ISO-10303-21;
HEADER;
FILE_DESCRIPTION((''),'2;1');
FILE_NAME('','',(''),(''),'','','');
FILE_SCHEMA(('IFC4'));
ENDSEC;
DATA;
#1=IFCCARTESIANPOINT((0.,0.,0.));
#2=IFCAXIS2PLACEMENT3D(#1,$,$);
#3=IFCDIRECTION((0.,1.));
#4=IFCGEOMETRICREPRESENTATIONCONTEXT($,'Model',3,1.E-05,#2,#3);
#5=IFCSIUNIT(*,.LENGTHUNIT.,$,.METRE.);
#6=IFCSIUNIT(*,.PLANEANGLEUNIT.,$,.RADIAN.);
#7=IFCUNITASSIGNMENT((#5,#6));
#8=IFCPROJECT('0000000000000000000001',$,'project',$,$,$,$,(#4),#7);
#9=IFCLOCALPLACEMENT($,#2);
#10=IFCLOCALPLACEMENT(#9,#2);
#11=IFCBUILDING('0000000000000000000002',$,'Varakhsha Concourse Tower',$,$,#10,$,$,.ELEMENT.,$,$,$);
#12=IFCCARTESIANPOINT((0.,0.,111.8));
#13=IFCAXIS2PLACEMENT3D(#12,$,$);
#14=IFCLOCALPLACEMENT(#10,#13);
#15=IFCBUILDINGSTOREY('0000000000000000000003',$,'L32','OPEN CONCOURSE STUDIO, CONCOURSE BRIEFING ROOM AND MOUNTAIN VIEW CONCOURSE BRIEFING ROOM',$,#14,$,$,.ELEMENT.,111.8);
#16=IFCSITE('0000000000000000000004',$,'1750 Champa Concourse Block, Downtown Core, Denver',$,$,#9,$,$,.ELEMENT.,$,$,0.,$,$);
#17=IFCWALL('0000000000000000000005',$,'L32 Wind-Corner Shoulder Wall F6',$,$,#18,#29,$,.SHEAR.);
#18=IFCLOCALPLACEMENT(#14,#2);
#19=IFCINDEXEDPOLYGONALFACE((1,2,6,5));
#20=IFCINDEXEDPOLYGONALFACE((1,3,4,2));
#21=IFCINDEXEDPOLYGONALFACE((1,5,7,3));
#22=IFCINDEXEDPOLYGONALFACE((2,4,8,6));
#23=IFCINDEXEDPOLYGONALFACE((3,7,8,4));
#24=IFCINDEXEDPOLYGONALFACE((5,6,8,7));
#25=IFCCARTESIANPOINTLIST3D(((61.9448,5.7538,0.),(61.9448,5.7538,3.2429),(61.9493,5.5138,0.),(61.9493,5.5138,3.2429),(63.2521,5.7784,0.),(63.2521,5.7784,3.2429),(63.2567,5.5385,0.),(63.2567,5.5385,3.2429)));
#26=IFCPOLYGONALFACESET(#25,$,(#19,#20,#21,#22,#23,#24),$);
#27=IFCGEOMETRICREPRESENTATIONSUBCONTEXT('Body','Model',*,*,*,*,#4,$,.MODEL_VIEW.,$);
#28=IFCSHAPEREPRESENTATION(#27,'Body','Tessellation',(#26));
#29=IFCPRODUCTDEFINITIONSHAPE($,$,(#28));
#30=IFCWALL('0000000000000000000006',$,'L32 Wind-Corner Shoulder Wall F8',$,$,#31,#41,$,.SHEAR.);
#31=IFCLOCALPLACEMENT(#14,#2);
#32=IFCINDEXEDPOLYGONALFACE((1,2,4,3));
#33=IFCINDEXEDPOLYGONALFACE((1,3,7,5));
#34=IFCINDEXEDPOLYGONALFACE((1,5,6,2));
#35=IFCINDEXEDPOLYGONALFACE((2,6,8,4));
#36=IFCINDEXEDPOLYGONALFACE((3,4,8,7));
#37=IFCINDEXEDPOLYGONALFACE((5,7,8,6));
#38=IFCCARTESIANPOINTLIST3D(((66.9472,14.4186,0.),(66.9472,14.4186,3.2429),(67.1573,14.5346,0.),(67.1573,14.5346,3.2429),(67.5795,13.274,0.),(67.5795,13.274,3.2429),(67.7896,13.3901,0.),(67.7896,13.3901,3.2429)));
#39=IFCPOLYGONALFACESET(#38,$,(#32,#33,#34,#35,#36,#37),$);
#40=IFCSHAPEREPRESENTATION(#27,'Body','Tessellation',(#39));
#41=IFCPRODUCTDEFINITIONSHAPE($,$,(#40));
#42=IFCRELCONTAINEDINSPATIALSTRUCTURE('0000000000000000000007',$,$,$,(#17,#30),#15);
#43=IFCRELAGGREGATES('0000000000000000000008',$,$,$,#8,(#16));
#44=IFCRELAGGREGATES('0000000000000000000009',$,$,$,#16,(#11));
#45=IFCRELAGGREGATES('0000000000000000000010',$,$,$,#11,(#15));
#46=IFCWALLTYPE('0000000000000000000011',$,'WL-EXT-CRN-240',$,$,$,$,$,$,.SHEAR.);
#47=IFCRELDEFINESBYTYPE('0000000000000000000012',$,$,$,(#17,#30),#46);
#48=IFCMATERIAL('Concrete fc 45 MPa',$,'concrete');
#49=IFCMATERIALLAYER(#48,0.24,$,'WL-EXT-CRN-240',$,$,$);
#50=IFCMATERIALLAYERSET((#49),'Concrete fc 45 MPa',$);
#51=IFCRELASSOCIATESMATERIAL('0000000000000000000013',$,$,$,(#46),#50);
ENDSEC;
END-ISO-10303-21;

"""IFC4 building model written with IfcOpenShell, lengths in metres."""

from ifc_helpers import new_model, si_unit, direction, frame, frame_2d, origin, place, context, subcontext, project, spatial, rectangle, extrude, material, layer, layer_set, type_object, element, save


model = new_model("IFC4")

# Units and contexts
model_context = context("Model", 3, precision=1e-05, world=origin(), true_north=direction((0.0, 1.0)))
body_context = subcontext(model_context, "Body", "Model", "MODEL_VIEW")
ifc_project = project(units=[si_unit("LENGTHUNIT", "METRE"), si_unit("PLANEANGLEUNIT", "RADIAN")], contexts=[model_context])

# Site, building, storey
site_placement = place(None, origin())
site = spatial("IfcSite", under=ifc_project, at=site_placement, Name="1750 Champa Concourse Block, Downtown Core, Denver", CompositionType="ELEMENT", RefElevation=0.0)
building_placement = place(site_placement, origin())
building = spatial("IfcBuilding", under=site, at=building_placement, Name="Varakhsha Concourse Tower", CompositionType="ELEMENT")
storey_placement = place(building_placement, frame((0.0, 0.0, 111.8)))
storey = spatial("IfcBuildingStorey", under=building, at=storey_placement, Name="L32", Description="OPEN CONCOURSE STUDIO, CONCOURSE BRIEFING ROOM AND MOUNTAIN VIEW CONCOURSE BRIEFING ROOM", CompositionType="ELEMENT", Elevation=111.8)

# Walls
ifc_material_1 = material(Name="Concrete fc 45 MPa", Category="concrete")
ifc_layer_1 = layer(ifc_material_1, 0.24, Name="WL-EXT-CRN-240")
ifc_layer_set_1 = layer_set([ifc_layer_1], Name="Concrete fc 45 MPa")
wall_type = type_object("IfcWallType", Name="WL-EXT-CRN-240", PredefinedType="SHEAR", material=ifc_layer_set_1)
for number, where, z_axis, x_axis, name in (
    (1, (61.947, 5.6338, 0.0), (0.0, 0.0, 1.0), (0.999822, 0.018858, 0.0), "L32 Wind-Corner Shoulder Wall F6"),
    (2, (67.6846, 13.332, 0.0), (0.0, 0.0, 1.0), (-0.483581, 0.8753, 0.0), "L32 Wind-Corner Shoulder Wall F8"),
):
    element("IfcWall", number, at=place(storey_placement, frame(where, z_axis=z_axis, x_axis=x_axis)), inside=storey, type_object=wall_type, Name=name, PredefinedType="SHEAR", context=body_context, shape_type="SweptSolid", body=[
        extrude(rectangle(XDim=1.3076, YDim=0.24, at=frame_2d((0.6538, 0.0))), origin(), (0.0, 0.0, 1.0), 3.2429),
    ])

save(model, "model.ifc")
